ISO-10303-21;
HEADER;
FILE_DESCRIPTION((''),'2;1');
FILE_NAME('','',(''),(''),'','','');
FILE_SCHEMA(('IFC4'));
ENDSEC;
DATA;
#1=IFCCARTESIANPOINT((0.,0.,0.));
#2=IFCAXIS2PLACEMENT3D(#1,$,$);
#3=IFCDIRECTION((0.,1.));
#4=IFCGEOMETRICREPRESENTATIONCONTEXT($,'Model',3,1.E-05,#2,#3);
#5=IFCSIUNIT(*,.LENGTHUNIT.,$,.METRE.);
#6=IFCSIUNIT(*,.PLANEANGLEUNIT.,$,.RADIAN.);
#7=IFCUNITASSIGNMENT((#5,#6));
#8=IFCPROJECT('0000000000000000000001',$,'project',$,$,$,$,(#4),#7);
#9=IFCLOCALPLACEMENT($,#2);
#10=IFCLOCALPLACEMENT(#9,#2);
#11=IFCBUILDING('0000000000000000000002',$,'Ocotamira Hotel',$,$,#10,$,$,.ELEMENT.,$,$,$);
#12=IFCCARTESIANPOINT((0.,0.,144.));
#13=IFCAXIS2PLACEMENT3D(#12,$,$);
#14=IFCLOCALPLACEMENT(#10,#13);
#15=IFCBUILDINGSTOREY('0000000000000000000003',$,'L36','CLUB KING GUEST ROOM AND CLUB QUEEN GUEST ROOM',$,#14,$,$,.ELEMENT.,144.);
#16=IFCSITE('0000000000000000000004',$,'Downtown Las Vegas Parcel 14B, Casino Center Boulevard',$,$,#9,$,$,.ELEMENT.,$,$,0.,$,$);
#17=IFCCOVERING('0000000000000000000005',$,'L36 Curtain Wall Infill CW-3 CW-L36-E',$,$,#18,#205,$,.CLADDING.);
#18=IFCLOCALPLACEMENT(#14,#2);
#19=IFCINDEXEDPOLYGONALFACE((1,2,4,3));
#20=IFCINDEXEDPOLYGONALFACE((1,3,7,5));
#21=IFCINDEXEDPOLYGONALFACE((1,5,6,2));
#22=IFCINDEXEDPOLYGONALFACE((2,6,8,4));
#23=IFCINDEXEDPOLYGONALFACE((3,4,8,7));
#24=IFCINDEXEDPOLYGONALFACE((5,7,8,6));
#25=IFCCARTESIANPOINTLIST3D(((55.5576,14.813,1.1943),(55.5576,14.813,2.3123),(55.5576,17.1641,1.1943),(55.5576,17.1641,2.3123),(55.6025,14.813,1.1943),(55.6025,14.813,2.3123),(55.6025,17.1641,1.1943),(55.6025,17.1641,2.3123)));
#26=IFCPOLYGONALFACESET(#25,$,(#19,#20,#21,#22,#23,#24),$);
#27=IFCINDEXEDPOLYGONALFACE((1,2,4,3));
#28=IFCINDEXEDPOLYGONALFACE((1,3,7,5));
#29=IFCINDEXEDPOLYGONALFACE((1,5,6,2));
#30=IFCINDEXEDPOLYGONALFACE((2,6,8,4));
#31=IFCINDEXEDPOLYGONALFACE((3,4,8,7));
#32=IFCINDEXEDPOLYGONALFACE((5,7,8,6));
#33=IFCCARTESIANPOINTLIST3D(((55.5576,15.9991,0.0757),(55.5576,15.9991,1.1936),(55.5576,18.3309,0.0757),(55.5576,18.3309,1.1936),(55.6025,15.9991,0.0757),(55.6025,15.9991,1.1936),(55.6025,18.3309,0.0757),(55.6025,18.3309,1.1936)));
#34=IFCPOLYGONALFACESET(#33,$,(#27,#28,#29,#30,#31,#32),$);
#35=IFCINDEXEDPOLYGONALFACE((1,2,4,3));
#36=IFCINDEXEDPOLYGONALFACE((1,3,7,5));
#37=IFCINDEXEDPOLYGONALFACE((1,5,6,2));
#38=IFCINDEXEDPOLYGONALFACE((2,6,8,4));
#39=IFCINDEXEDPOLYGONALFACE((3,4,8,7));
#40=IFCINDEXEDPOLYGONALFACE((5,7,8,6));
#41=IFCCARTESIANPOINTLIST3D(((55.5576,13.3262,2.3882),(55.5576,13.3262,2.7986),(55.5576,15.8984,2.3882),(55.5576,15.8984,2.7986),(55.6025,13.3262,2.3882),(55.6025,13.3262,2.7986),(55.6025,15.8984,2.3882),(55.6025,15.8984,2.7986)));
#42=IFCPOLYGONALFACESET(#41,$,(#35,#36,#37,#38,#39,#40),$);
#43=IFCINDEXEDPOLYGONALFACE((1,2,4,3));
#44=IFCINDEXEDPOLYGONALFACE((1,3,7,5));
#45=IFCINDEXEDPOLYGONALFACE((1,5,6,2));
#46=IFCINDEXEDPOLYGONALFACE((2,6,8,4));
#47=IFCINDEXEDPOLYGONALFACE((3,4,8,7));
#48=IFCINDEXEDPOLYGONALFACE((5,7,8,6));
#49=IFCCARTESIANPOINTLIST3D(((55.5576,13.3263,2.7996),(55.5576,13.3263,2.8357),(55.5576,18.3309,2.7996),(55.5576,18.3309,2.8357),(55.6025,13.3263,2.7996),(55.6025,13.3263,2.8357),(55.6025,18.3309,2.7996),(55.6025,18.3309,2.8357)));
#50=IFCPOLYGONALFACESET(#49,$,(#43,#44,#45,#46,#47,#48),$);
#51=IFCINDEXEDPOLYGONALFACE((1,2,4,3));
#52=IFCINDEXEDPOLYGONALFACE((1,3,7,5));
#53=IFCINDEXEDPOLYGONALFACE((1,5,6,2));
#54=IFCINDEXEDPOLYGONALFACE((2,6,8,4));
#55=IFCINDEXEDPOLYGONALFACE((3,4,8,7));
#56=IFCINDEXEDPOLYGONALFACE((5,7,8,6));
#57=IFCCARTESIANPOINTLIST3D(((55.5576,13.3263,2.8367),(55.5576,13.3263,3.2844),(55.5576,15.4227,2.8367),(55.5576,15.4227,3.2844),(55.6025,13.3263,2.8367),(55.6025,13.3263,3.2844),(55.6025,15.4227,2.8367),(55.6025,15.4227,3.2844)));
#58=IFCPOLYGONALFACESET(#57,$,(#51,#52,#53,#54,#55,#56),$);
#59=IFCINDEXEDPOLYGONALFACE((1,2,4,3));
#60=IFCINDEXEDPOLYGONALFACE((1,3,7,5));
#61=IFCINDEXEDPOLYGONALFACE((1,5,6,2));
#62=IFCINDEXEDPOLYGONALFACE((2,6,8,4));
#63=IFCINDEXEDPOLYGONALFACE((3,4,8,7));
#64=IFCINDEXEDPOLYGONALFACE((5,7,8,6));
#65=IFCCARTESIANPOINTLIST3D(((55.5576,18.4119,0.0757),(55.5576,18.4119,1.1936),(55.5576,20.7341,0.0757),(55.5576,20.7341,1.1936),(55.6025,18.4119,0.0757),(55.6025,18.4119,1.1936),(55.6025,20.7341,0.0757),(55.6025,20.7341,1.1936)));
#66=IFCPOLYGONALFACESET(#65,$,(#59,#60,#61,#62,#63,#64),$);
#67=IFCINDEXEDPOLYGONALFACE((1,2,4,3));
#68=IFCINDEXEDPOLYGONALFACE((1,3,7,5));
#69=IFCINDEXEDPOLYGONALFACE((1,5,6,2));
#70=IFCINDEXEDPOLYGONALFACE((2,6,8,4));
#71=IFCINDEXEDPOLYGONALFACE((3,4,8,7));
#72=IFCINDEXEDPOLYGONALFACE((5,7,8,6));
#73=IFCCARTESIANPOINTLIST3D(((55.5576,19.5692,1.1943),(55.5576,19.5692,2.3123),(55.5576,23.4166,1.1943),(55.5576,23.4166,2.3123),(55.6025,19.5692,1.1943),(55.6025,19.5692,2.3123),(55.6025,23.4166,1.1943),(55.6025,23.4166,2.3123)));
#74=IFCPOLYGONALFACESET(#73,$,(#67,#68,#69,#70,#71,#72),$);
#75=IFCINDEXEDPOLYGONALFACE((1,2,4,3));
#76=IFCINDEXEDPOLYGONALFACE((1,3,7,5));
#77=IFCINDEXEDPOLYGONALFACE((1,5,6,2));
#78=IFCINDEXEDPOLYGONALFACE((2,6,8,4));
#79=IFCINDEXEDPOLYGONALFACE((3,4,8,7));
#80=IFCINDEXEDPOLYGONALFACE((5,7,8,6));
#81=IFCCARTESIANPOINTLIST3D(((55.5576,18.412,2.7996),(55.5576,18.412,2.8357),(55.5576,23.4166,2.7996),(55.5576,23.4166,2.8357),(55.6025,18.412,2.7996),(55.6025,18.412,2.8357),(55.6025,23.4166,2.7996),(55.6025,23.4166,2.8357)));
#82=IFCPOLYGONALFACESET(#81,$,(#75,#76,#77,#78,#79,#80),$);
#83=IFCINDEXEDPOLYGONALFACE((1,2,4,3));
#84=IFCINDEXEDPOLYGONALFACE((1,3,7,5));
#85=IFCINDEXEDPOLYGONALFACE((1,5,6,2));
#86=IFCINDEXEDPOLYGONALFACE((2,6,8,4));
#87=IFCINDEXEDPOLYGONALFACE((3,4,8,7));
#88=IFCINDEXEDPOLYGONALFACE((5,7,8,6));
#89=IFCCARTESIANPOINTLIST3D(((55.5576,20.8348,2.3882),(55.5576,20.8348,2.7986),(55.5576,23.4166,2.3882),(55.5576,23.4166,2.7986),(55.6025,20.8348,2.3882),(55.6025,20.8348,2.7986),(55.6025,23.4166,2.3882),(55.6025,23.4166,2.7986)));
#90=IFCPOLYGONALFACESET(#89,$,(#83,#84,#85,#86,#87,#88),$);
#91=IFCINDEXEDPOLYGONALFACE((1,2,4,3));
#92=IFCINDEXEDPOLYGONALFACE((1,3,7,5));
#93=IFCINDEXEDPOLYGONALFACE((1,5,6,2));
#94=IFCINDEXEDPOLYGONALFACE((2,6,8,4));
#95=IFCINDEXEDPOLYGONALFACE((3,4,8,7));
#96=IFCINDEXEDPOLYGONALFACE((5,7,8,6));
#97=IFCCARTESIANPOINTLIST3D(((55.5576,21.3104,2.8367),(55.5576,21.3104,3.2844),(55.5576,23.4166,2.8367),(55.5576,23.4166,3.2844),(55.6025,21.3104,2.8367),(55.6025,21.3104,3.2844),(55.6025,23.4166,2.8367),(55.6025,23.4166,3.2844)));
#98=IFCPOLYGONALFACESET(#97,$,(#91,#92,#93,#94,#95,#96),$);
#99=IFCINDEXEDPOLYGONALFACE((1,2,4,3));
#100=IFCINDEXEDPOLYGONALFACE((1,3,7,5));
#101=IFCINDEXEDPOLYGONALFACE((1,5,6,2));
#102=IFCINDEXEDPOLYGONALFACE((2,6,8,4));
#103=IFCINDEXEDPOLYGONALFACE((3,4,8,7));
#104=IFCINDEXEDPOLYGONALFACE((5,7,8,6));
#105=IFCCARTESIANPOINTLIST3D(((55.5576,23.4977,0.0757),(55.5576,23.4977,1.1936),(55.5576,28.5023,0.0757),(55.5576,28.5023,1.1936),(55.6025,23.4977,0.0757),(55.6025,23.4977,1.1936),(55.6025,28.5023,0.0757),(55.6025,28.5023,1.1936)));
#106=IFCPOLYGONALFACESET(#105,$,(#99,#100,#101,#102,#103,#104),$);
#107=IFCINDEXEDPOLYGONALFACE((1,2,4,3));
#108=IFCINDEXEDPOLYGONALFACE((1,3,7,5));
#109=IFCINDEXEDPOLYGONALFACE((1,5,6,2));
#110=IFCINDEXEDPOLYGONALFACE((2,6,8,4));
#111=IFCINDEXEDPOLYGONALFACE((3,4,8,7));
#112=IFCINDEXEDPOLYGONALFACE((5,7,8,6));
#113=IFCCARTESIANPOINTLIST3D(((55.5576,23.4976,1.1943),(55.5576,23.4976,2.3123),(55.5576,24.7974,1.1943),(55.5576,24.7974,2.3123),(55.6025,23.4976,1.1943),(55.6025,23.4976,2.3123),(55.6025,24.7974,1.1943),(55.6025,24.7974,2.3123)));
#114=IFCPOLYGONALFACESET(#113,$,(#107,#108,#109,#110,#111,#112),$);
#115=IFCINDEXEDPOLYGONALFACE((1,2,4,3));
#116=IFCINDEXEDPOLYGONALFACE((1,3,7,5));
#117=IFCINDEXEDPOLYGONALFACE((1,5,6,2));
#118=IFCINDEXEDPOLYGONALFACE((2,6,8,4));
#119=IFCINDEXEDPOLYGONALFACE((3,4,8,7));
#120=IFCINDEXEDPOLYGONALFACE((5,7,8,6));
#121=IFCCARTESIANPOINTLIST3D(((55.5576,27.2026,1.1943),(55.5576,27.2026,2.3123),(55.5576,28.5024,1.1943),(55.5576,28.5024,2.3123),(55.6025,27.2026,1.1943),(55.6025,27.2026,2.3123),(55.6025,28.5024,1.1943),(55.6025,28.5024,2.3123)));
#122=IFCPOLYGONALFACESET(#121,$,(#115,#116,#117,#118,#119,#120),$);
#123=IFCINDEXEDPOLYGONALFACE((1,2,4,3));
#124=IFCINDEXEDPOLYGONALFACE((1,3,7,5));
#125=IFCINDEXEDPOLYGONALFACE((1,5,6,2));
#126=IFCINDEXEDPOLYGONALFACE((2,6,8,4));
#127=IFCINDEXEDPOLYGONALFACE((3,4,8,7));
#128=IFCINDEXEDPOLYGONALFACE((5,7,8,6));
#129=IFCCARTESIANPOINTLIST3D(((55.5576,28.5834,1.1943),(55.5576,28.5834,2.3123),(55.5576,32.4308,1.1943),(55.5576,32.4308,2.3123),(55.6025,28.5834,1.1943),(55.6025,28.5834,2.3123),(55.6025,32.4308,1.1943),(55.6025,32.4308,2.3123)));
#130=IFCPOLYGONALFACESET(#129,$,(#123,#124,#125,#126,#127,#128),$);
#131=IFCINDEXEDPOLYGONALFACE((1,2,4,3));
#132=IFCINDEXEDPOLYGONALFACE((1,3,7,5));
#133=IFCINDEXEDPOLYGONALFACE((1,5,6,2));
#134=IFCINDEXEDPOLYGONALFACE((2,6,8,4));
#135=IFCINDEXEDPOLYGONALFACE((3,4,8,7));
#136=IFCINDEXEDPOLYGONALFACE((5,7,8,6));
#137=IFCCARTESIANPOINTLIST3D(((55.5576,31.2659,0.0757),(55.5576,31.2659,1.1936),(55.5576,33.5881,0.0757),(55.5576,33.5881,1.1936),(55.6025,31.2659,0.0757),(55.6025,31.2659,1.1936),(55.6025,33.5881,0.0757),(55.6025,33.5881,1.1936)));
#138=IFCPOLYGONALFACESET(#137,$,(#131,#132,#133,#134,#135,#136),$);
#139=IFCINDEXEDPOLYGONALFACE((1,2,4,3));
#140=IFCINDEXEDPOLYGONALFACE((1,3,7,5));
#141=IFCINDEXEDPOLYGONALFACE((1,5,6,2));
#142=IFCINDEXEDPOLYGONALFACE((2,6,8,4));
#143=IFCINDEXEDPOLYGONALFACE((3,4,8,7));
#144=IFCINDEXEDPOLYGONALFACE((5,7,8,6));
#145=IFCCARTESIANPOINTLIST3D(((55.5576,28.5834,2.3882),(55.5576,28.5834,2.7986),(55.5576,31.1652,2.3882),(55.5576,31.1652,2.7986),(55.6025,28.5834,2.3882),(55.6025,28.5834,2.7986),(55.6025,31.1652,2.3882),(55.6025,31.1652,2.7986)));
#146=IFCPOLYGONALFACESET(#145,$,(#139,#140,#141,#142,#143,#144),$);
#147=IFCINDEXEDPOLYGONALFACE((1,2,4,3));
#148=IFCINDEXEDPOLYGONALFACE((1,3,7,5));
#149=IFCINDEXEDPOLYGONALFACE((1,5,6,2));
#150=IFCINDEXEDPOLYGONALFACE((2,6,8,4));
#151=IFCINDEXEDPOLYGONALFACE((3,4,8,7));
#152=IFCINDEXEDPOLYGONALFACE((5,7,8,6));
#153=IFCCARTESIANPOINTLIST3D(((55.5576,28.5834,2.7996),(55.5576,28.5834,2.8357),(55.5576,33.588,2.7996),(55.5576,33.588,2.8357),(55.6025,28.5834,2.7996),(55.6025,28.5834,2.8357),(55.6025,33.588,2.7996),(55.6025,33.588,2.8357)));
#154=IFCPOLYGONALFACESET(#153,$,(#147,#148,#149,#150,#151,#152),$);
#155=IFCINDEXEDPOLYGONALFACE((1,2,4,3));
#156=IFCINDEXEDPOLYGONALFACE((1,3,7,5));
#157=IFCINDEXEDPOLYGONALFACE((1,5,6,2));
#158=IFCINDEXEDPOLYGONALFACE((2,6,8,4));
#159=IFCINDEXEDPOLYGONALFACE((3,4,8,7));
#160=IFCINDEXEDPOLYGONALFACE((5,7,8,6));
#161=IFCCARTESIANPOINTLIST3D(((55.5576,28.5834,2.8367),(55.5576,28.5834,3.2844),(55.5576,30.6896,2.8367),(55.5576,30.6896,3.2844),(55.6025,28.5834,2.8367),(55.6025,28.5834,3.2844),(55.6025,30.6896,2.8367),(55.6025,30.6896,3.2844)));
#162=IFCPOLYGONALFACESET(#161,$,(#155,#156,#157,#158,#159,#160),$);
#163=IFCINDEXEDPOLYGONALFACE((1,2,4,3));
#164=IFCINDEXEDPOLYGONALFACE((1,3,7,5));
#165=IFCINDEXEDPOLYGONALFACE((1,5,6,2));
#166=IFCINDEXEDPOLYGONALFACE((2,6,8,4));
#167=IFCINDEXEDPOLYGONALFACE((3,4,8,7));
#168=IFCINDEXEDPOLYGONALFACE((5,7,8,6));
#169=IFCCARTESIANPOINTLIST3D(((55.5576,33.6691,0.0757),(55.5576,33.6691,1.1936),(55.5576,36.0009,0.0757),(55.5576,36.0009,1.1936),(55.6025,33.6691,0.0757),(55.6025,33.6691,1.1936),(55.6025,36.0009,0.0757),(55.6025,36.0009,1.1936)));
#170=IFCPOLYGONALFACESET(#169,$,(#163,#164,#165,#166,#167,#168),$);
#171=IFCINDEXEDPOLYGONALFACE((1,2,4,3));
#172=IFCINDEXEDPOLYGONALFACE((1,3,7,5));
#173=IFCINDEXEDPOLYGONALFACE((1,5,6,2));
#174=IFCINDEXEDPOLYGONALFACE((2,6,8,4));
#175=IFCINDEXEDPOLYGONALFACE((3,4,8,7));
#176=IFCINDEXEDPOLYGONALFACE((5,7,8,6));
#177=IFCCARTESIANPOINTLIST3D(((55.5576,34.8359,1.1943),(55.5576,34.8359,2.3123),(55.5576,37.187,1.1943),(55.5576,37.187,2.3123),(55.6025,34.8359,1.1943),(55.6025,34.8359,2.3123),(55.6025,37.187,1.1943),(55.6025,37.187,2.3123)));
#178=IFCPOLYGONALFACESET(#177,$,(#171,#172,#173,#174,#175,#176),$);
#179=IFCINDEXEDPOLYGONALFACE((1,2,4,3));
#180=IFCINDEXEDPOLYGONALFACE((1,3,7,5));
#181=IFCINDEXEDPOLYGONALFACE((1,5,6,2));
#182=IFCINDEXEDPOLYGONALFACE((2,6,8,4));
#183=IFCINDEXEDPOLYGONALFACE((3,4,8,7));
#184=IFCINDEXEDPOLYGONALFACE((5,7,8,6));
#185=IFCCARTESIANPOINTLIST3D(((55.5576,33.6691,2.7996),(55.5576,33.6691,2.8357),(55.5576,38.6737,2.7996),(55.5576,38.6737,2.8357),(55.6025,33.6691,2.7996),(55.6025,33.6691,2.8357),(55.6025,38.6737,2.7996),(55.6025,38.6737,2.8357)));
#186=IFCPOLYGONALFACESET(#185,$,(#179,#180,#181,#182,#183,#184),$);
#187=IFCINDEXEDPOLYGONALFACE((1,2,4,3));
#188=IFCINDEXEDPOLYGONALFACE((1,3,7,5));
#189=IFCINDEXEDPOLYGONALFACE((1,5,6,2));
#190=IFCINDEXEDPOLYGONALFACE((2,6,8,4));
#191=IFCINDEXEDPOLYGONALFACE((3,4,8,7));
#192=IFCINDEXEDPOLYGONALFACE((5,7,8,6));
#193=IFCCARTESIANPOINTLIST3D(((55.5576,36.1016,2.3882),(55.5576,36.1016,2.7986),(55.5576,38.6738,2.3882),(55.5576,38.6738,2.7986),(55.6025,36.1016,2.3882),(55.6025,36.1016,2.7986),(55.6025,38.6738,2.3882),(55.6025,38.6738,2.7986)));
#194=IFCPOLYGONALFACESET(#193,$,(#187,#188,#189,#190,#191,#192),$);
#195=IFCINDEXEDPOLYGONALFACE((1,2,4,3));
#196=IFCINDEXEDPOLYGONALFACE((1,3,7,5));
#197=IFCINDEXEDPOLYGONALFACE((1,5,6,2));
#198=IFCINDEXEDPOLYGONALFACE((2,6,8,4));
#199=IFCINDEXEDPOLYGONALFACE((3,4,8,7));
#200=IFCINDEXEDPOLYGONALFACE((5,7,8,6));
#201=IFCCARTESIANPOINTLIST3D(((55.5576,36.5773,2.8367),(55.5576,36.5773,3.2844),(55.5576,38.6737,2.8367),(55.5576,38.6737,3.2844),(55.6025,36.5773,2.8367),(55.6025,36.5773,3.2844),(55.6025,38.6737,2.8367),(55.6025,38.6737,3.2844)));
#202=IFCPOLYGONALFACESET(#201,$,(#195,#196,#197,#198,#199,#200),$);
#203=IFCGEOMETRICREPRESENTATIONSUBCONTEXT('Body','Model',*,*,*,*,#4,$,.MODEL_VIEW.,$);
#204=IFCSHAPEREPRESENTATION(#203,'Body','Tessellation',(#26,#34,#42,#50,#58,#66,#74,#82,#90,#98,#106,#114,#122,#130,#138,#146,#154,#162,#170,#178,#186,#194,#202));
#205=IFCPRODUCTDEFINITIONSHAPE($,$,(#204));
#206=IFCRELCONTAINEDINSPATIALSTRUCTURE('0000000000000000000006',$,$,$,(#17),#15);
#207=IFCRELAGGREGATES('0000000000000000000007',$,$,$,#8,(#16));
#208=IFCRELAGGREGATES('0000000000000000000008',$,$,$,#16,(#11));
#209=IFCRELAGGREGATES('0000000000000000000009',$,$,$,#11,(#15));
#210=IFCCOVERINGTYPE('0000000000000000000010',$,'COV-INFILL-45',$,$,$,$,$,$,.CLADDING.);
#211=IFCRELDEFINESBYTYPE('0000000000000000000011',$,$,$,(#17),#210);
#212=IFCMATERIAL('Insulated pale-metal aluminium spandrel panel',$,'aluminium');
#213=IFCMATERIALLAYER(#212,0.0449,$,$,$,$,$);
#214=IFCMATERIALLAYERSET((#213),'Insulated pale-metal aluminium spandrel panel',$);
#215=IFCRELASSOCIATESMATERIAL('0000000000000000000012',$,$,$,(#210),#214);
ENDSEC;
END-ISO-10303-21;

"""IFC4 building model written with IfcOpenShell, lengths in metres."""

from ifc_helpers import new_model, si_unit, direction, frame, origin, origin_2d, place, context, subcontext, project, spatial, rectangle, extrude, material, layer, layer_set, type_object, element, save


model = new_model("IFC4")

# Units and contexts
model_context = context("Model", 3, precision=1e-05, world=origin(), true_north=direction((0.0, 1.0)))
body_context = subcontext(model_context, "Body", "Model", "MODEL_VIEW")
ifc_project = project(units=[si_unit("LENGTHUNIT", "METRE"), si_unit("PLANEANGLEUNIT", "RADIAN")], contexts=[model_context])

# Site, building, storey
site_placement = place(None, origin())
site = spatial("IfcSite", under=ifc_project, at=site_placement, Name="Downtown Las Vegas Parcel 14B, Casino Center Boulevard", CompositionType="ELEMENT", RefElevation=0.0)
building_placement = place(site_placement, origin())
building = spatial("IfcBuilding", under=site, at=building_placement, Name="Ocotamira Hotel", CompositionType="ELEMENT")
storey_placement = place(building_placement, frame((0.0, 0.0, 144.0)))
storey = spatial("IfcBuildingStorey", under=building, at=storey_placement, Name="L36", Description="CLUB KING GUEST ROOM AND CLUB QUEEN GUEST ROOM", CompositionType="ELEMENT", Elevation=144.0)

# Covering
ifc_material_1 = material(Name="Insulated pale-metal aluminium spandrel panel", Category="aluminium")
ifc_layer_1 = layer(ifc_material_1, 0.0449)
ifc_layer_set_1 = layer_set([ifc_layer_1], Name="Insulated pale-metal aluminium spandrel panel")
covering_type_1 = type_object("IfcCoveringType", Name="COV-INFILL-45", PredefinedType="CLADDING", material=ifc_layer_set_1)
covering_1_placement = place(storey_placement, origin())
element("IfcCovering", 1, at=covering_1_placement, inside=storey, type_object=covering_type_1, Name="L36 Curtain Wall Infill CW-3 CW-L36-E", PredefinedType="CLADDING", context=body_context, shape_type="SweptSolid", body=[
    extrude(rectangle(XDim=2.3511, YDim=0.0449, at=origin_2d()), frame((55.5801, 15.9885, 1.1943), z_axis=(0.0, 0.0, 1.0), x_axis=(0.0, 1.0, 0.0)), (0.0, 0.0, 1.0), 1.1179),
    extrude(rectangle(XDim=2.3318, YDim=0.0449, at=origin_2d()), frame((55.5801, 17.165, 0.0757), z_axis=(0.0, 0.0, 1.0), x_axis=(0.0, 1.0, 0.0)), (0.0, 0.0, 1.0), 1.1179),
    extrude(rectangle(XDim=2.5723, YDim=0.0449, at=origin_2d()), frame((55.5801, 14.6123, 2.3882), z_axis=(0.0, 0.0, 1.0), x_axis=(0.0, 1.0, 0.0)), (0.0, 0.0, 1.0), 0.4104),
    extrude(rectangle(XDim=5.0046, YDim=0.0449, at=origin_2d()), frame((55.5801, 15.8286, 2.7996), z_axis=(0.0, 0.0, 1.0), x_axis=(0.0, 1.0, 0.0)), (0.0, 0.0, 1.0), 0.0361),
    extrude(rectangle(XDim=2.0964, YDim=0.0449, at=origin_2d()), frame((55.5801, 14.3745, 2.8367), z_axis=(0.0, 0.0, 1.0), x_axis=(0.0, 1.0, 0.0)), (0.0, 0.0, 1.0), 0.4478),
    extrude(rectangle(XDim=2.3223, YDim=0.0449, at=origin_2d()), frame((55.5801, 19.573, 0.0757), z_axis=(0.0, 0.0, 1.0), x_axis=(0.0, 1.0, 0.0)), (0.0, 0.0, 1.0), 1.1179),
    extrude(rectangle(XDim=3.8474, YDim=0.0449, at=origin_2d()), frame((55.5801, 21.4929, 1.1943), z_axis=(0.0, 0.0, 1.0), x_axis=(0.0, 1.0, 0.0)), (0.0, 0.0, 1.0), 1.1179),
    extrude(rectangle(XDim=5.0046, YDim=0.0449, at=origin_2d()), frame((55.5801, 20.9143, 2.7996), z_axis=(0.0, 0.0, 1.0), x_axis=(0.0, 1.0, 0.0)), (0.0, 0.0, 1.0), 0.0361),
    extrude(rectangle(XDim=2.5818, YDim=0.0449, at=origin_2d()), frame((55.5801, 22.1257, 2.3882), z_axis=(0.0, 0.0, 1.0), x_axis=(0.0, 1.0, 0.0)), (0.0, 0.0, 1.0), 0.4104),
    extrude(rectangle(XDim=2.1062, YDim=0.0449, at=origin_2d()), frame((55.5801, 22.3635, 2.8367), z_axis=(0.0, 0.0, 1.0), x_axis=(0.0, 1.0, 0.0)), (0.0, 0.0, 1.0), 0.4478),
    extrude(rectangle(XDim=5.0046, YDim=0.0449, at=origin_2d()), frame((55.5801, 26.0, 0.0757), z_axis=(0.0, 0.0, 1.0), x_axis=(0.0, 1.0, 0.0)), (0.0, 0.0, 1.0), 1.1179),
    extrude(rectangle(XDim=1.2998, YDim=0.0449, at=origin_2d()), frame((55.5801, 24.1475, 1.1943), z_axis=(0.0, 0.0, 1.0), x_axis=(0.0, 1.0, 0.0)), (0.0, 0.0, 1.0), 1.1179),
    extrude(rectangle(XDim=1.2998, YDim=0.0449, at=origin_2d()), frame((55.5801, 27.8525, 1.1943), z_axis=(0.0, 0.0, 1.0), x_axis=(0.0, 1.0, 0.0)), (0.0, 0.0, 1.0), 1.1179),
    extrude(rectangle(XDim=3.8474, YDim=0.0449, at=origin_2d()), frame((55.5801, 30.5071, 1.1943), z_axis=(0.0, 0.0, 1.0), x_axis=(0.0, 1.0, 0.0)), (0.0, 0.0, 1.0), 1.1179),
    extrude(rectangle(XDim=2.3223, YDim=0.0449, at=origin_2d()), frame((55.5801, 32.427, 0.0757), z_axis=(0.0, 0.0, 1.0), x_axis=(0.0, 1.0, 0.0)), (0.0, 0.0, 1.0), 1.1179),
    extrude(rectangle(XDim=2.5818, YDim=0.0449, at=origin_2d()), frame((55.5801, 29.8743, 2.3882), z_axis=(0.0, 0.0, 1.0), x_axis=(0.0, 1.0, 0.0)), (0.0, 0.0, 1.0), 0.4104),
    extrude(rectangle(XDim=5.0046, YDim=0.0449, at=origin_2d()), frame((55.5801, 31.0857, 2.7996), z_axis=(0.0, 0.0, 1.0), x_axis=(0.0, 1.0, 0.0)), (0.0, 0.0, 1.0), 0.0361),
    extrude(rectangle(XDim=2.1062, YDim=0.0449, at=origin_2d()), frame((55.5801, 29.6365, 2.8367), z_axis=(0.0, 0.0, 1.0), x_axis=(0.0, 1.0, 0.0)), (0.0, 0.0, 1.0), 0.4478),
    extrude(rectangle(XDim=2.3318, YDim=0.0449, at=origin_2d()), frame((55.5801, 34.835, 0.0757), z_axis=(0.0, 0.0, 1.0), x_axis=(0.0, 1.0, 0.0)), (0.0, 0.0, 1.0), 1.1179),
    extrude(rectangle(XDim=2.3511, YDim=0.0449, at=origin_2d()), frame((55.5801, 36.0115, 1.1943), z_axis=(0.0, 0.0, 1.0), x_axis=(0.0, 1.0, 0.0)), (0.0, 0.0, 1.0), 1.1179),
    extrude(rectangle(XDim=5.0046, YDim=0.0449, at=origin_2d()), frame((55.5801, 36.1714, 2.7996), z_axis=(0.0, 0.0, 1.0), x_axis=(0.0, 1.0, 0.0)), (0.0, 0.0, 1.0), 0.0361),
    extrude(rectangle(XDim=2.5723, YDim=0.0449, at=origin_2d()), frame((55.5801, 37.3877, 2.3882), z_axis=(0.0, 0.0, 1.0), x_axis=(0.0, 1.0, 0.0)), (0.0, 0.0, 1.0), 0.4104),
    extrude(rectangle(XDim=2.0964, YDim=0.0449, at=origin_2d()), frame((55.5801, 37.6255, 2.8367), z_axis=(0.0, 0.0, 1.0), x_axis=(0.0, 1.0, 0.0)), (0.0, 0.0, 1.0), 0.4478),
])

save(model, "model.ifc")
